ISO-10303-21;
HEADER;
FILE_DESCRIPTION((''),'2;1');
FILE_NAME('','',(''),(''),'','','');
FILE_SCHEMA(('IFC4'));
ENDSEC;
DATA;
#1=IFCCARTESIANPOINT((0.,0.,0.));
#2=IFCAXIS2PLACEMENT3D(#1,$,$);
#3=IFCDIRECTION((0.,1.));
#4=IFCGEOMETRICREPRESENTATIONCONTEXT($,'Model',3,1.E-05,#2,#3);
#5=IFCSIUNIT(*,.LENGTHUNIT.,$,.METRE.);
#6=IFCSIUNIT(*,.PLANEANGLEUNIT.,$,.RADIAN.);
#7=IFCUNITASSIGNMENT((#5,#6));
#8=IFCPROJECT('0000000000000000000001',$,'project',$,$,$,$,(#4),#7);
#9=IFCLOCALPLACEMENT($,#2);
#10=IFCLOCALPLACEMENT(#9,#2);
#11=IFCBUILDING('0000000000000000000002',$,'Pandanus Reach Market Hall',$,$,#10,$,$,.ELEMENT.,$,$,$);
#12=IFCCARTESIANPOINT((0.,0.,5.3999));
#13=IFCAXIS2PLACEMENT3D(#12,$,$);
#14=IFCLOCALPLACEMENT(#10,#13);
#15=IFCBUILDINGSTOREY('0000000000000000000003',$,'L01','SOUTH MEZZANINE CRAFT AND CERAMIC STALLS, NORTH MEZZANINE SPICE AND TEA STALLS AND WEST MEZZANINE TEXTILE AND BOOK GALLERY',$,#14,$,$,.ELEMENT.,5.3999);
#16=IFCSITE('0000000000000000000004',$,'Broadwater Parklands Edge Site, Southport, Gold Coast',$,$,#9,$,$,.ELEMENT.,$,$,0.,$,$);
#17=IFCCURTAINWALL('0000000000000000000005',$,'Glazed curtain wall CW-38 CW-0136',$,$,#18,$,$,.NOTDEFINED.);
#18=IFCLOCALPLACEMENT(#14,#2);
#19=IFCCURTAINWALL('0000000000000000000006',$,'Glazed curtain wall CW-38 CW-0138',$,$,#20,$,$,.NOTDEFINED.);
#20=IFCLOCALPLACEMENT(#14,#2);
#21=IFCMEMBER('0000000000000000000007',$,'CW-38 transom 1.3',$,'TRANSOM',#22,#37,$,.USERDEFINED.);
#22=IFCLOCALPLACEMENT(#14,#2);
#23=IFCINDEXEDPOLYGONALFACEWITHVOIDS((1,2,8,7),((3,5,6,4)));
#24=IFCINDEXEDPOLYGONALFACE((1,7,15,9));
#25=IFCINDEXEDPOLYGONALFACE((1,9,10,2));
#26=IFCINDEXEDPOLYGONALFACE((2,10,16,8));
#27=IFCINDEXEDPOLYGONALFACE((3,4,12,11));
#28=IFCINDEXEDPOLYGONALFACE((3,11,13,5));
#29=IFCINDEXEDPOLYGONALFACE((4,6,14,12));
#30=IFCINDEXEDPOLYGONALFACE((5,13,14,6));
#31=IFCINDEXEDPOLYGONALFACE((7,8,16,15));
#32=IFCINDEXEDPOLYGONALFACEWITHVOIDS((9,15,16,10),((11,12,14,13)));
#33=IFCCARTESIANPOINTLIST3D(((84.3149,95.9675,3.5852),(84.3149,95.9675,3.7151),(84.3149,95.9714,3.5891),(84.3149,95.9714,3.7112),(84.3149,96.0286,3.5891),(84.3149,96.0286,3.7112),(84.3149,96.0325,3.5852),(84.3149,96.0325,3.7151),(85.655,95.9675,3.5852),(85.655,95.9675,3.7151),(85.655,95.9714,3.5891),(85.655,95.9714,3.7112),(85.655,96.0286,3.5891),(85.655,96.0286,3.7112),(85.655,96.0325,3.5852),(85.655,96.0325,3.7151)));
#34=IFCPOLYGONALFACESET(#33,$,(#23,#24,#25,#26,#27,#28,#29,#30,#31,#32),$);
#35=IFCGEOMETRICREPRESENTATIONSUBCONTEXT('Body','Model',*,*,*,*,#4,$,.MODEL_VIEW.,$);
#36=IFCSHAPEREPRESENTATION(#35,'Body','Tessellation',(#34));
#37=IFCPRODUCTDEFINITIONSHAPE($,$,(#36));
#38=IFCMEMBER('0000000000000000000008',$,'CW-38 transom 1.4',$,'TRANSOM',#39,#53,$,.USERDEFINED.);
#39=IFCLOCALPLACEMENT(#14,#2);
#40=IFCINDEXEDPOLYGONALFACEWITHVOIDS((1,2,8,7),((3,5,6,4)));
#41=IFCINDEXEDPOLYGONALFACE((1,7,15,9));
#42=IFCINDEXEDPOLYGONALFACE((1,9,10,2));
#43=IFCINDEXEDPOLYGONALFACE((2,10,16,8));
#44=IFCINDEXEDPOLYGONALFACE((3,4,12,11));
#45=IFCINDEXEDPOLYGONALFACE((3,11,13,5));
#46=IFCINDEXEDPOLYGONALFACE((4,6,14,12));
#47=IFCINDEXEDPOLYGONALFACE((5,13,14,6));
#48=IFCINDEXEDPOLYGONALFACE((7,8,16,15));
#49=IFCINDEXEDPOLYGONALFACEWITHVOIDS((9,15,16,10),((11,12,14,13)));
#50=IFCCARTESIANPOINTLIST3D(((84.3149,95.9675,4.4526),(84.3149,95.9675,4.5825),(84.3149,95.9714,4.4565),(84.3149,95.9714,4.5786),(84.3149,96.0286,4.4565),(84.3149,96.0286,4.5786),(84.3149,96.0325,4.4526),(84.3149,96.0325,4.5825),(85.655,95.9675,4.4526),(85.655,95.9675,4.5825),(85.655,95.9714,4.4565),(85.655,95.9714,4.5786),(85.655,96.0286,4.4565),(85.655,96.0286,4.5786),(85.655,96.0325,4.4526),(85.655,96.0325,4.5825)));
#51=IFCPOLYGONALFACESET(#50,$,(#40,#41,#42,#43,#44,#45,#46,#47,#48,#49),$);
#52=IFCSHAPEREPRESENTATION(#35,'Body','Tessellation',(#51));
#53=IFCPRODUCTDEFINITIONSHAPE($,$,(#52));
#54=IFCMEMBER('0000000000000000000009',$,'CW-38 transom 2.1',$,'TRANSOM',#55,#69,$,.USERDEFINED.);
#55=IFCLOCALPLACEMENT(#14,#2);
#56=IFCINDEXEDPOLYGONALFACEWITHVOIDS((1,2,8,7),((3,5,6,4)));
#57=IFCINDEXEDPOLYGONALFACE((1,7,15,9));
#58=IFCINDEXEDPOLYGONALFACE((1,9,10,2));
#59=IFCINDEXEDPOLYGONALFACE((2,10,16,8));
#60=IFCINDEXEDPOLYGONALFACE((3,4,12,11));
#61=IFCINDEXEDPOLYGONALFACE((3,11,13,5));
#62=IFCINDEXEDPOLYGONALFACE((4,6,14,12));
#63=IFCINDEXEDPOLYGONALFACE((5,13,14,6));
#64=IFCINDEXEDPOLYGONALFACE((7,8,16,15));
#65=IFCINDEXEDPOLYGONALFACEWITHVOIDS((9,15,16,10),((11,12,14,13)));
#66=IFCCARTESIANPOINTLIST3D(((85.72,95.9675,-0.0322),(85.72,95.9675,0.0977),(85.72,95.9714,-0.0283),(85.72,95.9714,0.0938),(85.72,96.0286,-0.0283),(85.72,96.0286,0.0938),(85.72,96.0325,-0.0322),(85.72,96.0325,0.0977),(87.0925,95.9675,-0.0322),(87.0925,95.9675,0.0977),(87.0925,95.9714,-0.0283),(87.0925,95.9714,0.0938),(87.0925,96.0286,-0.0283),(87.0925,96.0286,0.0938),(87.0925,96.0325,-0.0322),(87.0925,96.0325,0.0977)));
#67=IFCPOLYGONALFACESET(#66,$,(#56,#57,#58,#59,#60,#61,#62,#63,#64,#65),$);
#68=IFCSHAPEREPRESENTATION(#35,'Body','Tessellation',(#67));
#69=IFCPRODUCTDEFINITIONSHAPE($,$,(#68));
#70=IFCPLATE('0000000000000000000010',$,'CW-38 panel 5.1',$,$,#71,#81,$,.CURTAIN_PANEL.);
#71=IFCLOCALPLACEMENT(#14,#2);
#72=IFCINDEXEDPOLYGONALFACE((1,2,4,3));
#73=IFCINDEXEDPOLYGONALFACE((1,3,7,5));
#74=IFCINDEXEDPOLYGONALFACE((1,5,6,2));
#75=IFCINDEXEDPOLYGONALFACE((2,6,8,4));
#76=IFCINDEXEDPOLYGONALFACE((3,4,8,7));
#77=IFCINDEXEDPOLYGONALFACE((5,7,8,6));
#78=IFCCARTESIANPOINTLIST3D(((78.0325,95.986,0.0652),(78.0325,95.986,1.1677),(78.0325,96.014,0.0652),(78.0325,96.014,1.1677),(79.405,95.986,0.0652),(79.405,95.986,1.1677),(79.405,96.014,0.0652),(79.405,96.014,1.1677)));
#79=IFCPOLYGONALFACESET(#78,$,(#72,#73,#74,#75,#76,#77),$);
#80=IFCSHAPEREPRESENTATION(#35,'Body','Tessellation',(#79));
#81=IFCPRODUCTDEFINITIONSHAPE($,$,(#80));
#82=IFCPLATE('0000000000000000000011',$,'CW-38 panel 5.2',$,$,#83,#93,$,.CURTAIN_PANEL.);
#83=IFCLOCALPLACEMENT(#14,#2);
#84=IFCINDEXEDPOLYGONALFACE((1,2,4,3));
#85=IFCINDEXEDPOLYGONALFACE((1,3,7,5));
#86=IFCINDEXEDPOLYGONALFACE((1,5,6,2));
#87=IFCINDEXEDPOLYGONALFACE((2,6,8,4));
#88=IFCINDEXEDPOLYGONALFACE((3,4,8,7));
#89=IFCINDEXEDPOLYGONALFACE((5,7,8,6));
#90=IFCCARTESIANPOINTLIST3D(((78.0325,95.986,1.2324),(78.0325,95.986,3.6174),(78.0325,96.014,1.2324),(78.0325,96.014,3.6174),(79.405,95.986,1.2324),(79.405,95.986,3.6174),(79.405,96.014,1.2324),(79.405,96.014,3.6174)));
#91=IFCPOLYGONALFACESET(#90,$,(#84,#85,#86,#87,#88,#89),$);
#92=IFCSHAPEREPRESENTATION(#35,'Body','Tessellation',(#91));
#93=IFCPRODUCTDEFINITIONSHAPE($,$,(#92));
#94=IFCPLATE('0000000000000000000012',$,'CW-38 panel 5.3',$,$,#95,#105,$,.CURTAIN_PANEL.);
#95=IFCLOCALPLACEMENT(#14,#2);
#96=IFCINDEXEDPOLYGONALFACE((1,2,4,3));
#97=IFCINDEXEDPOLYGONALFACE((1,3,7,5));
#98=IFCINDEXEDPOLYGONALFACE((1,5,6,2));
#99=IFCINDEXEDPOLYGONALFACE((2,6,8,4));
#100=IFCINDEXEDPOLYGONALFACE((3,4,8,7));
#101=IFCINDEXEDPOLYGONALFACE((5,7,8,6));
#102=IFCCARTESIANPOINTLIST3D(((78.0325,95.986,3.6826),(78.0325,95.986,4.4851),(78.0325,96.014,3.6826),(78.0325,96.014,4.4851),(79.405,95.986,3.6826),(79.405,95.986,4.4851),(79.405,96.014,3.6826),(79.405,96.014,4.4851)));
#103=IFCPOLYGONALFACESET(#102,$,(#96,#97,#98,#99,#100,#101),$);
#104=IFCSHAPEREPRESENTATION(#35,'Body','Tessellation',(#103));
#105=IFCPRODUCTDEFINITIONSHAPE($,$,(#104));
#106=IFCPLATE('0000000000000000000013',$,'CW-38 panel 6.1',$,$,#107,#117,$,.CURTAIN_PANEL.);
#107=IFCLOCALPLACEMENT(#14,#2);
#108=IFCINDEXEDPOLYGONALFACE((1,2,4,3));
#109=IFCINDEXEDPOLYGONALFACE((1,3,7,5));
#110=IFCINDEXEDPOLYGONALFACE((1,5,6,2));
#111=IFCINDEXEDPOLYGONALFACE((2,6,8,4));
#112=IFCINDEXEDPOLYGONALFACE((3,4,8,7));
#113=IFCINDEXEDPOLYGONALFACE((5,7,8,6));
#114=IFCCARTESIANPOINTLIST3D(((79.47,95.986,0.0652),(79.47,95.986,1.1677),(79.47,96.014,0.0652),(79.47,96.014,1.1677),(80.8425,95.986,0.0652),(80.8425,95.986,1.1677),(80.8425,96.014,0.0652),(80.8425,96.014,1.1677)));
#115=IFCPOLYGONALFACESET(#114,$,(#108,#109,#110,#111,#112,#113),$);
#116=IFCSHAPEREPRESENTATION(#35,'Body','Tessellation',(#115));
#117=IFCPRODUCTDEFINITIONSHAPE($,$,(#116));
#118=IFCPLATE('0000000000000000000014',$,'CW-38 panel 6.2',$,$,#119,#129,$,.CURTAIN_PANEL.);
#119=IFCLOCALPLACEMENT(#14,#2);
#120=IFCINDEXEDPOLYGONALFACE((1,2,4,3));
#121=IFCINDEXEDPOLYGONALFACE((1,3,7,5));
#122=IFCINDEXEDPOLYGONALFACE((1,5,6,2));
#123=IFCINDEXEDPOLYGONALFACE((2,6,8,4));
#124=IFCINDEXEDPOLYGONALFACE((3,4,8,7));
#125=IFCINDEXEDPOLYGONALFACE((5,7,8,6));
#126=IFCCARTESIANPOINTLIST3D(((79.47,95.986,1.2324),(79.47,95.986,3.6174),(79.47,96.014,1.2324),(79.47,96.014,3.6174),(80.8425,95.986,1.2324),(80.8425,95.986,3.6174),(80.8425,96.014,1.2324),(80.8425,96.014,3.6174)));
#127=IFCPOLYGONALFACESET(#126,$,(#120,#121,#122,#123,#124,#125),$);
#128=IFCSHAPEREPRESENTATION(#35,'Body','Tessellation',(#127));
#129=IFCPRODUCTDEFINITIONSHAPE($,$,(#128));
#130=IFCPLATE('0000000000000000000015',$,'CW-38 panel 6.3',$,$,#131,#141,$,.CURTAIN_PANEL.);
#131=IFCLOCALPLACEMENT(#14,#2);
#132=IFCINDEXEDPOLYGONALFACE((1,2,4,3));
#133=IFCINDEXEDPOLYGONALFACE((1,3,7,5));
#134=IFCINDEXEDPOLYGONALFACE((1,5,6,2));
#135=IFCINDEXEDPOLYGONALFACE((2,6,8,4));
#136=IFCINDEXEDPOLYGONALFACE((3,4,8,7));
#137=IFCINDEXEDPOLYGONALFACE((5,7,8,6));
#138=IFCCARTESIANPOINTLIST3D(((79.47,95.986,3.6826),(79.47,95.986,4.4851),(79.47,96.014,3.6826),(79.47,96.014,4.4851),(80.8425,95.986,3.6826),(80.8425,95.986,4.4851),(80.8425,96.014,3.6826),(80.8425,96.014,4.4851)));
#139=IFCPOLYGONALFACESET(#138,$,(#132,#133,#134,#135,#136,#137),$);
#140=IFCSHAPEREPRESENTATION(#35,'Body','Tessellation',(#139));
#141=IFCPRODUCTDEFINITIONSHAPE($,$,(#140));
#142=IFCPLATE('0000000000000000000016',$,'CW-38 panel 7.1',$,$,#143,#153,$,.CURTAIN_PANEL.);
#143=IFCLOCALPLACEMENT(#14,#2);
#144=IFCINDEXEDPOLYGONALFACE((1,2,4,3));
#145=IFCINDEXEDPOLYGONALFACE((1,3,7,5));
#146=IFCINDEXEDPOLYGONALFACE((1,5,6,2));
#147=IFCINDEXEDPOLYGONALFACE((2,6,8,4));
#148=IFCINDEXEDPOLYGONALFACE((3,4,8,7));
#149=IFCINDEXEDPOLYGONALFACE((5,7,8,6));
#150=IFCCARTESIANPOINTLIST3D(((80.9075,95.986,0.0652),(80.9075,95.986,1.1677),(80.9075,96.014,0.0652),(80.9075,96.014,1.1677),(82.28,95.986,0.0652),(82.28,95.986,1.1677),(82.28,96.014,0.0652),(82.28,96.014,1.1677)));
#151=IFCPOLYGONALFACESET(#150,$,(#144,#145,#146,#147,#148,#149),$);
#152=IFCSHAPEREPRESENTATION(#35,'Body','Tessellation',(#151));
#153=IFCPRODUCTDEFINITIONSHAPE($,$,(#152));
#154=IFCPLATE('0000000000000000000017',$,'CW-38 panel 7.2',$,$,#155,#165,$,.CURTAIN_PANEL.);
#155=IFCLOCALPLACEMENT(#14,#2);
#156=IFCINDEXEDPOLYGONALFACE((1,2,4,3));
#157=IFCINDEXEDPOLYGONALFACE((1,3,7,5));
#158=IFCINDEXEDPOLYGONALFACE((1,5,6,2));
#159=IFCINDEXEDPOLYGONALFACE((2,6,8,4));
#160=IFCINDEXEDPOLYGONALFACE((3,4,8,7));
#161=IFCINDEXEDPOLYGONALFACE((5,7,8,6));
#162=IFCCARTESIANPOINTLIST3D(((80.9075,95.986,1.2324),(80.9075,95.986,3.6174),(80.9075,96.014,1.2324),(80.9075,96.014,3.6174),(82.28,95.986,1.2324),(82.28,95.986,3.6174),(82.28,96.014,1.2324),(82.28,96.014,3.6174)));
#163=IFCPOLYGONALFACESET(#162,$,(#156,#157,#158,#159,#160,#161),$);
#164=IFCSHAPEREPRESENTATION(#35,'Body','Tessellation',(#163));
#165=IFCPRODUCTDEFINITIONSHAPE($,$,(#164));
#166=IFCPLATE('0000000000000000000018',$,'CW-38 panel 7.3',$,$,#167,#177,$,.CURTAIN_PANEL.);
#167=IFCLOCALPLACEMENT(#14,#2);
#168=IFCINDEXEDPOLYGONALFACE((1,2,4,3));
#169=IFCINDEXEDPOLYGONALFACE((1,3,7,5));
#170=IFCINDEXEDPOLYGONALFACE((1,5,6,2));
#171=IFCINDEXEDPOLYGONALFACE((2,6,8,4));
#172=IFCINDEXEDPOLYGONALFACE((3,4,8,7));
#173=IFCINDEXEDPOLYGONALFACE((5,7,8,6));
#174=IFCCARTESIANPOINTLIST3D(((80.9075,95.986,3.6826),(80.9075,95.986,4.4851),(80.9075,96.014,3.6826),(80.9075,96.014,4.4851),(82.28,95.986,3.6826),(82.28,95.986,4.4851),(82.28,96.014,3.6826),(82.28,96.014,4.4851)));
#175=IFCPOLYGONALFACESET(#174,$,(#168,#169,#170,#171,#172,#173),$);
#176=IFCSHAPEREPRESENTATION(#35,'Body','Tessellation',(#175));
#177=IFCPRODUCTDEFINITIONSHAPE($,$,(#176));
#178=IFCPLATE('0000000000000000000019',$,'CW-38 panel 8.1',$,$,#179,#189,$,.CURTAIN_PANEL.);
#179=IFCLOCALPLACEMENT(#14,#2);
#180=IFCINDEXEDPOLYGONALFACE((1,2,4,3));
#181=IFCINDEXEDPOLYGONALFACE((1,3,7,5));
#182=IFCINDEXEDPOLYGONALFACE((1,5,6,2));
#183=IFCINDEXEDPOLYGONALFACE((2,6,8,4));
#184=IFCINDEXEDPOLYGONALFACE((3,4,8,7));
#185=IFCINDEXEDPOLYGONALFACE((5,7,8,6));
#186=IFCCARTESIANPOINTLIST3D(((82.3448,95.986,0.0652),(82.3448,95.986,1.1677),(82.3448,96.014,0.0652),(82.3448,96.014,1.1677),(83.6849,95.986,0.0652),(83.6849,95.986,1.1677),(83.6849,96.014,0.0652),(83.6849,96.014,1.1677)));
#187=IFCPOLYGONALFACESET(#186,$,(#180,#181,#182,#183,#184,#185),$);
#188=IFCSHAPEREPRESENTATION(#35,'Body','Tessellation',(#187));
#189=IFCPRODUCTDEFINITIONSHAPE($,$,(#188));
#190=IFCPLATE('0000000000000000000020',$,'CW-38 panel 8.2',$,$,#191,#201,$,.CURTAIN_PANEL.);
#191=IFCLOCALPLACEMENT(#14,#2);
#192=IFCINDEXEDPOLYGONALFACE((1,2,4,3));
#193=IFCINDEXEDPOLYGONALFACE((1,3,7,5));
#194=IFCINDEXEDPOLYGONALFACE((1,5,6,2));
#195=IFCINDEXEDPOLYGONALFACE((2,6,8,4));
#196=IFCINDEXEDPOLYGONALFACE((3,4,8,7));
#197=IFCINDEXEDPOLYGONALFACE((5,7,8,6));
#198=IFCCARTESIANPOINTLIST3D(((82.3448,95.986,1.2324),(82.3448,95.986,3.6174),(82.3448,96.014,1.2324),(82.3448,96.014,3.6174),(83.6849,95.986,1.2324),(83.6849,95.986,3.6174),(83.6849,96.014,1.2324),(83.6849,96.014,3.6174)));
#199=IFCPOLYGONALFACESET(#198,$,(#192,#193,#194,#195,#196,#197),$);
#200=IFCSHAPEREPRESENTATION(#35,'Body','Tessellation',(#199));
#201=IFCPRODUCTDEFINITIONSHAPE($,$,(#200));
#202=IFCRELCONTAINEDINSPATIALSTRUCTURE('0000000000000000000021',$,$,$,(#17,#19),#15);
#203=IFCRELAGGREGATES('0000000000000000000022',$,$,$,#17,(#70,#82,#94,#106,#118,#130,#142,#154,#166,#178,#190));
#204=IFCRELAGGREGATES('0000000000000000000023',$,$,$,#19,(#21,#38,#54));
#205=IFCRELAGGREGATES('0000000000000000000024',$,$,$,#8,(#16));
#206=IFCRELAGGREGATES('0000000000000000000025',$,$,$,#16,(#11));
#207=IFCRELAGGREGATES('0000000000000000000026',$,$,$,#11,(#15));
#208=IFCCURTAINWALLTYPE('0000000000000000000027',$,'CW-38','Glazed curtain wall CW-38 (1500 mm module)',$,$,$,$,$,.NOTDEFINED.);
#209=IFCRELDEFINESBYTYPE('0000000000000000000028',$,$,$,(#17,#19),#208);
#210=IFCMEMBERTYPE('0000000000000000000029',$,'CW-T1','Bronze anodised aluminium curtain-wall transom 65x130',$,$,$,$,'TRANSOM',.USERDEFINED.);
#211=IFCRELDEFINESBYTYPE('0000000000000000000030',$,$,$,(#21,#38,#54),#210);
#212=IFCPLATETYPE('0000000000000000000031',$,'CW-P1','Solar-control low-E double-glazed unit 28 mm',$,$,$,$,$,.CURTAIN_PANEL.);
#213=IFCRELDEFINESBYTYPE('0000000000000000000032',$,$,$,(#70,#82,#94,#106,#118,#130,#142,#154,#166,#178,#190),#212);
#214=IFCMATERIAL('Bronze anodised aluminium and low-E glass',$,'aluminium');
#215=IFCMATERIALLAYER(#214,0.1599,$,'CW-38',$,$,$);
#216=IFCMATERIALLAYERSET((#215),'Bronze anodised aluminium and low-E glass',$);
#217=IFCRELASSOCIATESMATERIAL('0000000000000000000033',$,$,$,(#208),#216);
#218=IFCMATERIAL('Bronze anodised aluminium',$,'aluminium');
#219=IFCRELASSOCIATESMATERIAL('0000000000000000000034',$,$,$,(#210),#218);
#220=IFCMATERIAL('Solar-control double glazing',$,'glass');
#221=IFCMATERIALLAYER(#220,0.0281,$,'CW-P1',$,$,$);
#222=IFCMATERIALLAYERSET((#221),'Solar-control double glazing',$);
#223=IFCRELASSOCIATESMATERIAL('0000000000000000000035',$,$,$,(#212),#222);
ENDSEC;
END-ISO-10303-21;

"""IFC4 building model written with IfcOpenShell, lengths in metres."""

from ifc_helpers import new_model, si_unit, direction, frame, origin, origin_2d, place, context, subcontext, project, spatial, rectangle, hollow_rectangle, extrude, material, layer, layer_set, material_profile, profile_set, type_object, element, aggregate, save


model = new_model("IFC4")

# Units and contexts
model_context = context("Model", 3, precision=1e-05, world=origin(), true_north=direction((0.0, 1.0)))
body_context = subcontext(model_context, "Body", "Model", "MODEL_VIEW")
ifc_project = project(units=[si_unit("LENGTHUNIT", "METRE"), si_unit("PLANEANGLEUNIT", "RADIAN")], contexts=[model_context])

# Site, building, storey
site_placement = place(None, origin())
site = spatial("IfcSite", under=ifc_project, at=site_placement, Name="Broadwater Parklands Edge Site, Southport, Gold Coast", CompositionType="ELEMENT", RefElevation=0.0)
building_placement = place(site_placement, origin())
building = spatial("IfcBuilding", under=site, at=building_placement, Name="Pandanus Reach Market Hall", CompositionType="ELEMENT")
storey_placement = place(building_placement, frame((0.0, 0.0, 5.3999)))
storey = spatial("IfcBuildingStorey", under=building, at=storey_placement, Name="L01", Description="SOUTH MEZZANINE CRAFT AND CERAMIC STALLS, NORTH MEZZANINE SPICE AND TEA STALLS AND WEST MEZZANINE TEXTILE AND BOOK GALLERY", CompositionType="ELEMENT", Elevation=5.3999)

# Curtain walls
ifc_material_1 = material(Name="Bronze anodised aluminium and low-E glass", Category="aluminium")
ifc_layer_1 = layer(ifc_material_1, 0.1599, Name="CW-38")
ifc_layer_set_1 = layer_set([ifc_layer_1], Name="Bronze anodised aluminium and low-E glass")
curtain_wall_type = type_object("IfcCurtainWallType", Name="CW-38", Description="Glazed curtain wall CW-38 (1500 mm module)", PredefinedType="NOTDEFINED", material=ifc_layer_set_1)
curtain_wall_1_placement = place(storey_placement, origin())
curtain_wall_1 = element("IfcCurtainWall", 1, at=curtain_wall_1_placement, inside=storey, type_object=curtain_wall_type, Name="Glazed curtain wall CW-38 CW-0136", PredefinedType="NOTDEFINED")
ifc_material_2 = material(Name="Bronze anodised aluminium", Category="aluminium")
curtain_wall_2_placement = place(storey_placement, origin())
curtain_wall_2 = element("IfcCurtainWall", 2, at=curtain_wall_2_placement, inside=storey, type_object=curtain_wall_type, Name="Glazed curtain wall CW-38 CW-0138", PredefinedType="NOTDEFINED")

# Members
ifc_material_profile_1 = material_profile(ifc_material_2, hollow_rectangle(XDim=0.0649, YDim=0.1299, WallThickness=0.0039, at=origin_2d()), Name="ALU65x130", Category="LoadBearing")
ifc_profile_set_1 = profile_set([ifc_material_profile_1], Name="Bronze anodised aluminium")
member_type_1 = type_object("IfcMemberType", Name="CW-T1", Description="Bronze anodised aluminium curtain-wall transom 65x130", ElementType="TRANSOM", PredefinedType="USERDEFINED", material=ifc_profile_set_1)
member_1_placement = place(storey_placement, frame((84.3149, 96.0, 3.6501), z_axis=(1.0, 0.0, 0.0), x_axis=(0.0, 1.0, 0.0)))
member_1 = element("IfcMember", 3, at=member_1_placement, type_object=member_type_1, Name="CW-38 transom 1.3", ObjectType="TRANSOM", PredefinedType="USERDEFINED", context=body_context, shape_type="SweptSolid", body=[
    extrude(hollow_rectangle(XDim=0.0649, YDim=0.1299, WallThickness=0.0039, at=origin_2d()), origin(), (0.0, 0.0, 1.0), 1.3401),
])
member_2_placement = place(storey_placement, frame((84.3149, 96.0, 4.5176), z_axis=(1.0, 0.0, 0.0), x_axis=(0.0, 1.0, 0.0)))
member_2 = element("IfcMember", 4, at=member_2_placement, type_object=member_type_1, Name="CW-38 transom 1.4", ObjectType="TRANSOM", PredefinedType="USERDEFINED", context=body_context, shape_type="SweptSolid", body=[
    extrude(hollow_rectangle(XDim=0.0649, YDim=0.1299, WallThickness=0.0039, at=origin_2d()), origin(), (0.0, 0.0, 1.0), 1.3401),
])
member_3_placement = place(storey_placement, frame((85.72, 96.0, 0.0327), z_axis=(1.0, 0.0, 0.0), x_axis=(0.0, 1.0, 0.0)))
member_3 = element("IfcMember", 5, at=member_3_placement, type_object=member_type_1, Name="CW-38 transom 2.1", ObjectType="TRANSOM", PredefinedType="USERDEFINED", context=body_context, shape_type="SweptSolid", body=[
    extrude(hollow_rectangle(XDim=0.0649, YDim=0.1299, WallThickness=0.0039, at=origin_2d()), origin(), (0.0, 0.0, 1.0), 1.3726),
])

# Plates
ifc_material_3 = material(Name="Solar-control double glazing", Category="glass")
ifc_layer_2 = layer(ifc_material_3, 0.0281, Name="CW-P1")
ifc_layer_set_2 = layer_set([ifc_layer_2], Name="Solar-control double glazing")
plate_type = type_object("IfcPlateType", Name="CW-P1", Description="Solar-control low-E double-glazed unit 28 mm", PredefinedType="CURTAIN_PANEL", material=ifc_layer_set_2)
plate_1_placement = place(storey_placement, frame((78.7188, 96.0, 0.0652), z_axis=(0.0, 0.0, 1.0), x_axis=(1.0, 0.0, 0.0)))
plate_1 = element("IfcPlate", 6, at=plate_1_placement, type_object=plate_type, Name="CW-38 panel 5.1", PredefinedType="CURTAIN_PANEL", context=body_context, shape_type="SweptSolid", body=[
    extrude(rectangle(XDim=1.3726, YDim=0.0281, at=origin_2d()), origin(), (0.0, 0.0, 1.0), 1.1025),
])
plate_2_placement = place(storey_placement, frame((78.7188, 96.0, 1.2324), z_axis=(0.0, 0.0, 1.0), x_axis=(1.0, 0.0, 0.0)))
plate_2 = element("IfcPlate", 7, at=plate_2_placement, type_object=plate_type, Name="CW-38 panel 5.2", PredefinedType="CURTAIN_PANEL", context=body_context, shape_type="SweptSolid", body=[
    extrude(rectangle(XDim=1.3726, YDim=0.0281, at=origin_2d()), origin(), (0.0, 0.0, 1.0), 2.385),
])
plate_3_placement = place(storey_placement, frame((78.7188, 96.0, 3.6826), z_axis=(0.0, 0.0, 1.0), x_axis=(1.0, 0.0, 0.0)))
plate_3 = element("IfcPlate", 8, at=plate_3_placement, type_object=plate_type, Name="CW-38 panel 5.3", PredefinedType="CURTAIN_PANEL", context=body_context, shape_type="SweptSolid", body=[
    extrude(rectangle(XDim=1.3726, YDim=0.0281, at=origin_2d()), origin(), (0.0, 0.0, 1.0), 0.8025),
])
plate_4_placement = place(storey_placement, frame((80.1562, 96.0, 0.0652), z_axis=(0.0, 0.0, 1.0), x_axis=(1.0, 0.0, 0.0)))
plate_4 = element("IfcPlate", 9, at=plate_4_placement, type_object=plate_type, Name="CW-38 panel 6.1", PredefinedType="CURTAIN_PANEL", context=body_context, shape_type="SweptSolid", body=[
    extrude(rectangle(XDim=1.3726, YDim=0.0281, at=origin_2d()), origin(), (0.0, 0.0, 1.0), 1.1025),
])
plate_5_placement = place(storey_placement, frame((80.1562, 96.0, 1.2324), z_axis=(0.0, 0.0, 1.0), x_axis=(1.0, 0.0, 0.0)))
plate_5 = element("IfcPlate", 10, at=plate_5_placement, type_object=plate_type, Name="CW-38 panel 6.2", PredefinedType="CURTAIN_PANEL", context=body_context, shape_type="SweptSolid", body=[
    extrude(rectangle(XDim=1.3726, YDim=0.0281, at=origin_2d()), origin(), (0.0, 0.0, 1.0), 2.385),
])
plate_6_placement = place(storey_placement, frame((80.1562, 96.0, 3.6826), z_axis=(0.0, 0.0, 1.0), x_axis=(1.0, 0.0, 0.0)))
plate_6 = element("IfcPlate", 11, at=plate_6_placement, type_object=plate_type, Name="CW-38 panel 6.3", PredefinedType="CURTAIN_PANEL", context=body_context, shape_type="SweptSolid", body=[
    extrude(rectangle(XDim=1.3726, YDim=0.0281, at=origin_2d()), origin(), (0.0, 0.0, 1.0), 0.8025),
])
plate_7_placement = place(storey_placement, frame((81.5938, 96.0, 0.0652), z_axis=(0.0, 0.0, 1.0), x_axis=(1.0, 0.0, 0.0)))
plate_7 = element("IfcPlate", 12, at=plate_7_placement, type_object=plate_type, Name="CW-38 panel 7.1", PredefinedType="CURTAIN_PANEL", context=body_context, shape_type="SweptSolid", body=[
    extrude(rectangle(XDim=1.3726, YDim=0.0281, at=origin_2d()), origin(), (0.0, 0.0, 1.0), 1.1025),
])
plate_8_placement = place(storey_placement, frame((81.5938, 96.0, 1.2324), z_axis=(0.0, 0.0, 1.0), x_axis=(1.0, 0.0, 0.0)))
plate_8 = element("IfcPlate", 13, at=plate_8_placement, type_object=plate_type, Name="CW-38 panel 7.2", PredefinedType="CURTAIN_PANEL", context=body_context, shape_type="SweptSolid", body=[
    extrude(rectangle(XDim=1.3726, YDim=0.0281, at=origin_2d()), origin(), (0.0, 0.0, 1.0), 2.385),
])
plate_9_placement = place(storey_placement, frame((81.5938, 96.0, 3.6826), z_axis=(0.0, 0.0, 1.0), x_axis=(1.0, 0.0, 0.0)))
plate_9 = element("IfcPlate", 14, at=plate_9_placement, type_object=plate_type, Name="CW-38 panel 7.3", PredefinedType="CURTAIN_PANEL", context=body_context, shape_type="SweptSolid", body=[
    extrude(rectangle(XDim=1.3726, YDim=0.0281, at=origin_2d()), origin(), (0.0, 0.0, 1.0), 0.8025),
])
plate_10_placement = place(storey_placement, frame((83.0149, 96.0, 0.0652), z_axis=(0.0, 0.0, 1.0), x_axis=(1.0, 0.0, 0.0)))
plate_10 = element("IfcPlate", 15, at=plate_10_placement, type_object=plate_type, Name="CW-38 panel 8.1", PredefinedType="CURTAIN_PANEL", context=body_context, shape_type="SweptSolid", body=[
    extrude(rectangle(XDim=1.3401, YDim=0.0281, at=origin_2d()), origin(), (0.0, 0.0, 1.0), 1.1025),
])
plate_11_placement = place(storey_placement, frame((83.0149, 96.0, 1.2324), z_axis=(0.0, 0.0, 1.0), x_axis=(1.0, 0.0, 0.0)))
plate_11 = element("IfcPlate", 16, at=plate_11_placement, type_object=plate_type, Name="CW-38 panel 8.2", PredefinedType="CURTAIN_PANEL", context=body_context, shape_type="SweptSolid", body=[
    extrude(rectangle(XDim=1.3401, YDim=0.0281, at=origin_2d()), origin(), (0.0, 0.0, 1.0), 2.385),
])
aggregate(curtain_wall_1, [plate_1, plate_2, plate_3, plate_4, plate_5, plate_6, plate_7, plate_8, plate_9, plate_10, plate_11])
aggregate(curtain_wall_2, [member_1, member_2, member_3])

save(model, "model.ifc")
